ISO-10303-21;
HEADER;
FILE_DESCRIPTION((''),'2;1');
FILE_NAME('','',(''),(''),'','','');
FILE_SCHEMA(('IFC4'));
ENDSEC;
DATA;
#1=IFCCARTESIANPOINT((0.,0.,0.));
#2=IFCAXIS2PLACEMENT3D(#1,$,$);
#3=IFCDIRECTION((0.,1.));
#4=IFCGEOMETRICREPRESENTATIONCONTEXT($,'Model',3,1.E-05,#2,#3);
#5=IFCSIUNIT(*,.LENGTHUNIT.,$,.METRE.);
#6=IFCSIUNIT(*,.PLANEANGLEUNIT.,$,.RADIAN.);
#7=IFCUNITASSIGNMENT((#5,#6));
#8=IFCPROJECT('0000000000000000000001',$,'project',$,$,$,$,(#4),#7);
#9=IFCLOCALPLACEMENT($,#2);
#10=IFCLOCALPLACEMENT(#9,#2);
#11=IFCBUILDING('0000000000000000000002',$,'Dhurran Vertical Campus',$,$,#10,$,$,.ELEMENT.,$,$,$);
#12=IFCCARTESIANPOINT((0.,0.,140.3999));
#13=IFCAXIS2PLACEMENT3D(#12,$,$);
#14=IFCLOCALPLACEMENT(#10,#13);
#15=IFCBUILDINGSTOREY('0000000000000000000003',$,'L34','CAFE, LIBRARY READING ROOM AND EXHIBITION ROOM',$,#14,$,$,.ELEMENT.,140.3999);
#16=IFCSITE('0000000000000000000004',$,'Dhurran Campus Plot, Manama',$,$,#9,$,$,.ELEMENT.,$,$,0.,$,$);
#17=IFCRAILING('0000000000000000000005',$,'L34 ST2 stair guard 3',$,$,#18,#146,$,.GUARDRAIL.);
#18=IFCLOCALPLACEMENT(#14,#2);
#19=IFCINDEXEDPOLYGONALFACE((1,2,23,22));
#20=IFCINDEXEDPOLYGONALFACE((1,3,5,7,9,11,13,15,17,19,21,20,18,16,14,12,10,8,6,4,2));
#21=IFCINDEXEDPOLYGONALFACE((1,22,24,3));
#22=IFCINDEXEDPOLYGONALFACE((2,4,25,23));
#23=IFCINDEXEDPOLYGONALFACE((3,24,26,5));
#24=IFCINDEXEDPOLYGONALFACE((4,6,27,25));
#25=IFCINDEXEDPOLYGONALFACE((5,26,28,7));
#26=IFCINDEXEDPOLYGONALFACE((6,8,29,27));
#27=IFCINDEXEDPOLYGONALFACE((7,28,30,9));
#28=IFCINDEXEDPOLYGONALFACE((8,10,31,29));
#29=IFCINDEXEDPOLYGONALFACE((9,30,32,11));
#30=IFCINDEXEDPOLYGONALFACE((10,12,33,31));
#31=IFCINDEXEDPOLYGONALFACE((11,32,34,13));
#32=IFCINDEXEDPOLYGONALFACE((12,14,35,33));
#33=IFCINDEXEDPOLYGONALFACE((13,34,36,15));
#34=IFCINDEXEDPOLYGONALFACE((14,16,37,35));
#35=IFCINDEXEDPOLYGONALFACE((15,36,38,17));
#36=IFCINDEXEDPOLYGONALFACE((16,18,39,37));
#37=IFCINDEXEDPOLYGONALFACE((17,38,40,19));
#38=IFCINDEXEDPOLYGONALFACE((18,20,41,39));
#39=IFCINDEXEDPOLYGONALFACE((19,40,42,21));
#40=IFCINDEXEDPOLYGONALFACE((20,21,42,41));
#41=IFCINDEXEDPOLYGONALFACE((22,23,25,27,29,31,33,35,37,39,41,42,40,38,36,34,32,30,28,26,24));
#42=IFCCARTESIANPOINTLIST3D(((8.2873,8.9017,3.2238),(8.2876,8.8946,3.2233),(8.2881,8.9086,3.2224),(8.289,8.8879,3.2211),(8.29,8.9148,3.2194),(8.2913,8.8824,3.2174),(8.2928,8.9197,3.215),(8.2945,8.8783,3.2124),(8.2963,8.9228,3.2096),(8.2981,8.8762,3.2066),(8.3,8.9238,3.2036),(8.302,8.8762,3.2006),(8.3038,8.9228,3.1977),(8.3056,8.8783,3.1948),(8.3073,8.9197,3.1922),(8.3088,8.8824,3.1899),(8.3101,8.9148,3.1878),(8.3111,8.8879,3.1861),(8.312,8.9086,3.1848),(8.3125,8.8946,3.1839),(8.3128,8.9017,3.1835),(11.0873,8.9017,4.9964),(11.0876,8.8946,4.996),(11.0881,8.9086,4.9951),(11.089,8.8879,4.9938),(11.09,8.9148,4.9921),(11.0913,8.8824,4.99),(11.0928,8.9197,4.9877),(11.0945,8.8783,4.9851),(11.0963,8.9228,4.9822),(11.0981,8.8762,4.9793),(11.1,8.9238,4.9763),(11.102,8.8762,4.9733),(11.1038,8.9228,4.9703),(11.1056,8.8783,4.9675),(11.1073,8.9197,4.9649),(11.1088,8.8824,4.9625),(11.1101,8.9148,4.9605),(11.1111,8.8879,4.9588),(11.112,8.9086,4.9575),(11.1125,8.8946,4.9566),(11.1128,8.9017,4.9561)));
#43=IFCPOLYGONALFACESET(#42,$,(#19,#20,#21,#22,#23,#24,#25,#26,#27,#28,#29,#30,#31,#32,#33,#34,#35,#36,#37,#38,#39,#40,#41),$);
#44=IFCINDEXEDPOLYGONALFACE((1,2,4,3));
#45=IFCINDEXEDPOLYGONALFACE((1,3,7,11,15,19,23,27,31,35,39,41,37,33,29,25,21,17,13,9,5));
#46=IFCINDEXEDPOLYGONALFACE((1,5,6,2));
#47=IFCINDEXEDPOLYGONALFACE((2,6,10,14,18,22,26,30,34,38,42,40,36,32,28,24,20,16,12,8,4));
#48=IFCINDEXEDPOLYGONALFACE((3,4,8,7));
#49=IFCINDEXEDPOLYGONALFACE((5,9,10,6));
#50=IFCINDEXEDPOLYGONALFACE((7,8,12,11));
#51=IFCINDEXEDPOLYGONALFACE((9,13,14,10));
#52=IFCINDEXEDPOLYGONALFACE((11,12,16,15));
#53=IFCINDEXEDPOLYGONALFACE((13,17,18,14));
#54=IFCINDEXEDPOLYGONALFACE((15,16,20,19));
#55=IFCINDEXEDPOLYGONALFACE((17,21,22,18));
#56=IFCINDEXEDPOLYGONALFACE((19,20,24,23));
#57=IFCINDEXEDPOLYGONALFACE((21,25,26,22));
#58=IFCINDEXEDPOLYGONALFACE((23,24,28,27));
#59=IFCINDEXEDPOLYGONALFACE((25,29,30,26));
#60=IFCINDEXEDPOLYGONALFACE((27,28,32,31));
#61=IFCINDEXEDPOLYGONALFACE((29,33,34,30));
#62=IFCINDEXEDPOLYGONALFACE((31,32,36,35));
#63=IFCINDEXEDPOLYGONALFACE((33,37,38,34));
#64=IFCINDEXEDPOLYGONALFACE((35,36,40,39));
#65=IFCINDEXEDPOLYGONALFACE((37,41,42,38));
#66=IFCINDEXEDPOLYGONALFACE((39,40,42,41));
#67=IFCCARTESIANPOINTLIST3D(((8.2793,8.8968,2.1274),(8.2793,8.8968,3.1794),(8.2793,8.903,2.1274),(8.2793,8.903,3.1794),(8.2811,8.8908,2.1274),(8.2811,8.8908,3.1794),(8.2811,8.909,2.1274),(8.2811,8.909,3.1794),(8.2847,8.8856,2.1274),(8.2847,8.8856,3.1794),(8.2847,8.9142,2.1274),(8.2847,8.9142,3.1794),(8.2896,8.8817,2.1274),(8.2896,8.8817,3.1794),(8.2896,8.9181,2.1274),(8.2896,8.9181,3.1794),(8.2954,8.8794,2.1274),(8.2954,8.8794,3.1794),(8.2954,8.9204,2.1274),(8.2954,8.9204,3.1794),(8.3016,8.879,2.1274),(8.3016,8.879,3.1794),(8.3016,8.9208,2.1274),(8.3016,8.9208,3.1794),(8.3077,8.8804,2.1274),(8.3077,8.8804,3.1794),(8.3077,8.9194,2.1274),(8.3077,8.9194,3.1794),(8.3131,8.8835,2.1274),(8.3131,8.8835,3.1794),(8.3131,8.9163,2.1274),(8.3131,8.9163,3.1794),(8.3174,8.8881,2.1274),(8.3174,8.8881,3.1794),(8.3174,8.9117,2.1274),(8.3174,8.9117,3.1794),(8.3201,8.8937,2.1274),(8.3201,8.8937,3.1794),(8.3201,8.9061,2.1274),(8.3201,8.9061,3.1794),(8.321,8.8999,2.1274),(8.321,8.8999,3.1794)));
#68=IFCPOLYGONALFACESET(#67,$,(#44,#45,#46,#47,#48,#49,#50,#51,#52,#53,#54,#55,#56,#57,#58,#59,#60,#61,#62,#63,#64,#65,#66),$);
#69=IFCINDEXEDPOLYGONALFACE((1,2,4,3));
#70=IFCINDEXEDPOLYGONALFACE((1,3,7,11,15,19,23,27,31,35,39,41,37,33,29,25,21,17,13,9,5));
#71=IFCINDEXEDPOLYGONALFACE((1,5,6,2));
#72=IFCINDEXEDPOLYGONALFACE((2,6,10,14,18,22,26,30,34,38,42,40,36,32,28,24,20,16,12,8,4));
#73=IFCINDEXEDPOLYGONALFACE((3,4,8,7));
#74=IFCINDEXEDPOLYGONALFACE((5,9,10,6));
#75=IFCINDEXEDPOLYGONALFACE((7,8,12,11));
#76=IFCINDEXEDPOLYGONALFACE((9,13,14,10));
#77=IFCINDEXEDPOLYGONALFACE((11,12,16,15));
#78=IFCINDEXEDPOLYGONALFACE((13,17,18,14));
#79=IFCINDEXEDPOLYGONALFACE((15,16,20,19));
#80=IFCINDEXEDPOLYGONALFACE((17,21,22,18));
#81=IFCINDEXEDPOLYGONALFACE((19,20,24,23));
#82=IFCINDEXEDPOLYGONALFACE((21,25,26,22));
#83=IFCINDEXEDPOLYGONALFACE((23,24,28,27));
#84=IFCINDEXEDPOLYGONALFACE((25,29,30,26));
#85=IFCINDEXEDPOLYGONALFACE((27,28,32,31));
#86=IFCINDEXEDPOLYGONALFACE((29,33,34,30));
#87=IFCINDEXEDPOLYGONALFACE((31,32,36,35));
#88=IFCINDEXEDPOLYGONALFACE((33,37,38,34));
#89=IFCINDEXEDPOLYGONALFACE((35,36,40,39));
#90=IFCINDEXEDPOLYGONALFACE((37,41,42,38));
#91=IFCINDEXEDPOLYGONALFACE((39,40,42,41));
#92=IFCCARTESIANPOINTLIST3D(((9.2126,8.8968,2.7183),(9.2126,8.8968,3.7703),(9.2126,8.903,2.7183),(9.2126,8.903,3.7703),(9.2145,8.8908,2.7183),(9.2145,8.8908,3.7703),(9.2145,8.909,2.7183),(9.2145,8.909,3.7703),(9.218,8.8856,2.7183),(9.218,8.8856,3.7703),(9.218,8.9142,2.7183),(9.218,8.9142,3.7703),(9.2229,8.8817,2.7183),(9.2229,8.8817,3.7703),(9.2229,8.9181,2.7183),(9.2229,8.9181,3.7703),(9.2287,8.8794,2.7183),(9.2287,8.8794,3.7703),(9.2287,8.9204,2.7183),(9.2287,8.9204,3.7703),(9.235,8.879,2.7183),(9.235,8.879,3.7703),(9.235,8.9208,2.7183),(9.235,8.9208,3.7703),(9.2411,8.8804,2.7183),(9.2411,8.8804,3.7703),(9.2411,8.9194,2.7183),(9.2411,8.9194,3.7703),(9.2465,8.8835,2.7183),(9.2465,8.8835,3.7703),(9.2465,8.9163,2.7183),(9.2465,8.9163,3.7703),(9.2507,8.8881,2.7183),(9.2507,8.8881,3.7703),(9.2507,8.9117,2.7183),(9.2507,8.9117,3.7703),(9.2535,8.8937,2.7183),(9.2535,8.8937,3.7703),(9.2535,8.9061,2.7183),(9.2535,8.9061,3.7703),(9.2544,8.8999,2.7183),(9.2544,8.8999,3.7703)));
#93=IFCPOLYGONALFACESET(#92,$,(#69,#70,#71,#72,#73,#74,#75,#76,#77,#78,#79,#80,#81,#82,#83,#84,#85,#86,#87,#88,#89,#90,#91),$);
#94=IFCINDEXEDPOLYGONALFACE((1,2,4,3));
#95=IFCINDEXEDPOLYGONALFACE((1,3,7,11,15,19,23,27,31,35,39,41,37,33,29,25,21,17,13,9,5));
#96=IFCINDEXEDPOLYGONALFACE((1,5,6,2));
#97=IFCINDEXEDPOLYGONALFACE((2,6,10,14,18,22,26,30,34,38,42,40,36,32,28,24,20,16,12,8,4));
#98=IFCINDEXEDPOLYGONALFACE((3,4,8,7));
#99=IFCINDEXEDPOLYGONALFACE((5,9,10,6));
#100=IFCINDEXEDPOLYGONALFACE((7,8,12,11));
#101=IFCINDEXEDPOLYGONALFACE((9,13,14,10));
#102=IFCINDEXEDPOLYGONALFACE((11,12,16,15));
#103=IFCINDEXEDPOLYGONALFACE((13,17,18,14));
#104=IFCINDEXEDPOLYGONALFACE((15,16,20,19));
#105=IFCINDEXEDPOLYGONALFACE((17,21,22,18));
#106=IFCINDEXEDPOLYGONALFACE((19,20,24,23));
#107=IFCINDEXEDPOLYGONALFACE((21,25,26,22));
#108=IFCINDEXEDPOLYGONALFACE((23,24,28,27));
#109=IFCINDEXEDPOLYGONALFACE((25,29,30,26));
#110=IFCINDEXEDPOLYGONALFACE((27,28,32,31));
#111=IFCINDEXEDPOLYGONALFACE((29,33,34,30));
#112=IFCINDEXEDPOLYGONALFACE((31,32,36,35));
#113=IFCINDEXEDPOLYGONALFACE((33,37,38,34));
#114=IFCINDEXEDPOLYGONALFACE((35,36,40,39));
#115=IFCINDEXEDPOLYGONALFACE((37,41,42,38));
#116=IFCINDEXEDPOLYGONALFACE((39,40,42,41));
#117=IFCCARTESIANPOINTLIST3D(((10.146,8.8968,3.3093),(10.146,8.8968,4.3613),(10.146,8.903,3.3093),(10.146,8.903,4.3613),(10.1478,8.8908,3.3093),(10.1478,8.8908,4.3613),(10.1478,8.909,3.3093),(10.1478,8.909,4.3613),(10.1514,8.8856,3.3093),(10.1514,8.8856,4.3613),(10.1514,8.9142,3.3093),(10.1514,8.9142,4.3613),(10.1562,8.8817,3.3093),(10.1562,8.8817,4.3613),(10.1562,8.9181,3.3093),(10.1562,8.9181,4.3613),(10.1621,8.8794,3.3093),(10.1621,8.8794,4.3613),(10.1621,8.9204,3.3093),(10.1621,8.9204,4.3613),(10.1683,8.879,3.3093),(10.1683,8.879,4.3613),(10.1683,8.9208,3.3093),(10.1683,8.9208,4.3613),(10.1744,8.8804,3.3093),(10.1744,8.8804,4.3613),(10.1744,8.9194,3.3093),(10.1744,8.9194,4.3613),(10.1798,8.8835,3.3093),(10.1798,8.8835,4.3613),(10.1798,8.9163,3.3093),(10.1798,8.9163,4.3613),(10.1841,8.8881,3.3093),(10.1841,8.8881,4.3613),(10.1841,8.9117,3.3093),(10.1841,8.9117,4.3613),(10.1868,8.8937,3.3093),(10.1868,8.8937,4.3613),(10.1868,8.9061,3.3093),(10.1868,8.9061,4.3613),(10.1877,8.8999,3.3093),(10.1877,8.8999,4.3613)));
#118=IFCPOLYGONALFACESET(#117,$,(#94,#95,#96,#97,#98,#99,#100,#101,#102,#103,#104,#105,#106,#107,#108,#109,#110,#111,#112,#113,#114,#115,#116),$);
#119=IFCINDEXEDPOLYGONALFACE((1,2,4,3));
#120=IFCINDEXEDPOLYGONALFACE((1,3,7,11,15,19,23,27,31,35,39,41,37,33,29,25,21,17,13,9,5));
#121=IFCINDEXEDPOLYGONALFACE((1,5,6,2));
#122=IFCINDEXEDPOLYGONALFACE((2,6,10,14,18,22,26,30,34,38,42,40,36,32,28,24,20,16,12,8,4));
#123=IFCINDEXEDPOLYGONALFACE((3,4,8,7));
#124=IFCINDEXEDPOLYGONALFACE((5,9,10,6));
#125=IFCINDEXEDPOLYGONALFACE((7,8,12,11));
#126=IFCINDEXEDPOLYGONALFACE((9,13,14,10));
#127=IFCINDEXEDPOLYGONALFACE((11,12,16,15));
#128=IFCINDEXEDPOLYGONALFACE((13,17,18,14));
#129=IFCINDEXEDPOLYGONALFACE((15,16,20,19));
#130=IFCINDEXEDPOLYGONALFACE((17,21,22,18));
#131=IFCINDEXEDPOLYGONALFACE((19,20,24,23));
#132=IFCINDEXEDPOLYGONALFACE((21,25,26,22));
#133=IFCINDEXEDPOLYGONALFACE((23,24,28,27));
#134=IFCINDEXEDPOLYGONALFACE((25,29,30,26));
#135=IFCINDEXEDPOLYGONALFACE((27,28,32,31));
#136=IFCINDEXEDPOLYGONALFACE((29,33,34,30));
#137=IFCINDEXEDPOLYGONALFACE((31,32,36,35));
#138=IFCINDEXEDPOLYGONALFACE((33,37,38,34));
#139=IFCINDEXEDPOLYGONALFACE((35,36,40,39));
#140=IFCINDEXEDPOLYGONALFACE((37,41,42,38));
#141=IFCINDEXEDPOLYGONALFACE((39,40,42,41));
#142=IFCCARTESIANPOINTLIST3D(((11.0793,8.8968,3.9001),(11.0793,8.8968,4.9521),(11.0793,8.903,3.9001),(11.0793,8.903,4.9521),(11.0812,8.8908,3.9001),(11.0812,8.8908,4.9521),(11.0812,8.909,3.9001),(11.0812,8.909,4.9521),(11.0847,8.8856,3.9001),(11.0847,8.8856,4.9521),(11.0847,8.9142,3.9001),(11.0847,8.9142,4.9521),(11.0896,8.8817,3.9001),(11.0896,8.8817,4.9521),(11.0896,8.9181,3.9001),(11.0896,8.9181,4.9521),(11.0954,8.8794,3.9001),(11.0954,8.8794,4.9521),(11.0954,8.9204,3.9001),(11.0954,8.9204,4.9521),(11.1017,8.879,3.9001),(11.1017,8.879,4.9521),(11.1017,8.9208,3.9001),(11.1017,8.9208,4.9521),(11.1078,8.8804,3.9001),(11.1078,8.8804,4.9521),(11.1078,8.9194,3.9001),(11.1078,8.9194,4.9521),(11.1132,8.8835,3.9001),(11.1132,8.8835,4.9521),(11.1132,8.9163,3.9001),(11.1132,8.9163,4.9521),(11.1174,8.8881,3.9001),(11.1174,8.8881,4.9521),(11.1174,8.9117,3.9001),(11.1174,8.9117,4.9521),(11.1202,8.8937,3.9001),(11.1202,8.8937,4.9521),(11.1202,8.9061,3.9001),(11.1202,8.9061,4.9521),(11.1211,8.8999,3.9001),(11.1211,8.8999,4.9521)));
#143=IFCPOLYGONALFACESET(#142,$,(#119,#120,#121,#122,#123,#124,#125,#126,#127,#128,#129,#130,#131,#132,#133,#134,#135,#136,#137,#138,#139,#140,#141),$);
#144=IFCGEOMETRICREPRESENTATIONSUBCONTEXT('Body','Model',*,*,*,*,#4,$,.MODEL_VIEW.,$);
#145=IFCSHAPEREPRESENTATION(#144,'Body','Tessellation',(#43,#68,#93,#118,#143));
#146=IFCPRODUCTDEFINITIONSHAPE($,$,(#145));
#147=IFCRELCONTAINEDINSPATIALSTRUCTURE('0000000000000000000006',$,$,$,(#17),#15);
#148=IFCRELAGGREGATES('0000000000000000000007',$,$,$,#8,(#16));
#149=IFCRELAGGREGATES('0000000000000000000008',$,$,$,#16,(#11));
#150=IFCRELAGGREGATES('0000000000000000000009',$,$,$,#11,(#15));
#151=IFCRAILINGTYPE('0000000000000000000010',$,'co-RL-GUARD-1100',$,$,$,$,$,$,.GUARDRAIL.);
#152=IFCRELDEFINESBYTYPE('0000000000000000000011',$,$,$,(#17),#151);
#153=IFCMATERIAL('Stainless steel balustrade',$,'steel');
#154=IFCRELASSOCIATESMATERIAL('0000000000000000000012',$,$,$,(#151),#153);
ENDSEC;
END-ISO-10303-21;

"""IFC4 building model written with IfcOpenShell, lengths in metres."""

from ifc_helpers import new_model, si_unit, direction, frame, origin, origin_2d, place, context, subcontext, project, spatial, circle, extrude, material, type_object, element, save


model = new_model("IFC4")

# Units and contexts
model_context = context("Model", 3, precision=1e-05, world=origin(), true_north=direction((0.0, 1.0)))
body_context = subcontext(model_context, "Body", "Model", "MODEL_VIEW")
ifc_project = project(units=[si_unit("LENGTHUNIT", "METRE"), si_unit("PLANEANGLEUNIT", "RADIAN")], contexts=[model_context])

# Site, building, storey
site_placement = place(None, origin())
site = spatial("IfcSite", under=ifc_project, at=site_placement, Name="Dhurran Campus Plot, Manama", CompositionType="ELEMENT", RefElevation=0.0)
building_placement = place(site_placement, origin())
building = spatial("IfcBuilding", under=site, at=building_placement, Name="Dhurran Vertical Campus", CompositionType="ELEMENT")
storey_placement = place(building_placement, frame((0.0, 0.0, 140.3999)))
storey = spatial("IfcBuildingStorey", under=building, at=storey_placement, Name="L34", Description="CAFE, LIBRARY READING ROOM AND EXHIBITION ROOM", CompositionType="ELEMENT", Elevation=140.3999)

# Railing
ifc_material_1 = material(Name="Stainless steel balustrade", Category="steel")
railing_type_1 = type_object("IfcRailingType", Name="co-RL-GUARD-1100", PredefinedType="GUARDRAIL", material=ifc_material_1)
railing_1_placement = place(storey_placement, frame((8.3, 8.8999, 2.1274)))
element("IfcRailing", 1, at=railing_1_placement, inside=storey, type_object=railing_type_1, Name="L34 ST2 stair guard 3", PredefinedType="GUARDRAIL", context=body_context, shape_type="SweptSolid", body=[
    extrude(circle(Radius=0.0239, at=origin_2d()), frame((0.0, 0.0, 1.0762), z_axis=(0.844909, 0.0, 0.53491), x_axis=(0.0, 1.0, 0.0)), (0.0, 0.0, 1.0), 3.314),
    extrude(circle(Radius=0.021, at=origin_2d()), origin(), (0.0, 0.0, 1.0), 1.052),
    extrude(circle(Radius=0.021, at=origin_2d()), frame((0.9333, 0.0, 0.5908)), (0.0, 0.0, 1.0), 1.052),
    extrude(circle(Radius=0.021, at=origin_2d()), frame((1.8667, 0.0, 1.1819)), (0.0, 0.0, 1.0), 1.052),
    extrude(circle(Radius=0.021, at=origin_2d()), frame((2.8, 0.0, 1.7727)), (0.0, 0.0, 1.0), 1.052),
])

save(model, "model.ifc")
